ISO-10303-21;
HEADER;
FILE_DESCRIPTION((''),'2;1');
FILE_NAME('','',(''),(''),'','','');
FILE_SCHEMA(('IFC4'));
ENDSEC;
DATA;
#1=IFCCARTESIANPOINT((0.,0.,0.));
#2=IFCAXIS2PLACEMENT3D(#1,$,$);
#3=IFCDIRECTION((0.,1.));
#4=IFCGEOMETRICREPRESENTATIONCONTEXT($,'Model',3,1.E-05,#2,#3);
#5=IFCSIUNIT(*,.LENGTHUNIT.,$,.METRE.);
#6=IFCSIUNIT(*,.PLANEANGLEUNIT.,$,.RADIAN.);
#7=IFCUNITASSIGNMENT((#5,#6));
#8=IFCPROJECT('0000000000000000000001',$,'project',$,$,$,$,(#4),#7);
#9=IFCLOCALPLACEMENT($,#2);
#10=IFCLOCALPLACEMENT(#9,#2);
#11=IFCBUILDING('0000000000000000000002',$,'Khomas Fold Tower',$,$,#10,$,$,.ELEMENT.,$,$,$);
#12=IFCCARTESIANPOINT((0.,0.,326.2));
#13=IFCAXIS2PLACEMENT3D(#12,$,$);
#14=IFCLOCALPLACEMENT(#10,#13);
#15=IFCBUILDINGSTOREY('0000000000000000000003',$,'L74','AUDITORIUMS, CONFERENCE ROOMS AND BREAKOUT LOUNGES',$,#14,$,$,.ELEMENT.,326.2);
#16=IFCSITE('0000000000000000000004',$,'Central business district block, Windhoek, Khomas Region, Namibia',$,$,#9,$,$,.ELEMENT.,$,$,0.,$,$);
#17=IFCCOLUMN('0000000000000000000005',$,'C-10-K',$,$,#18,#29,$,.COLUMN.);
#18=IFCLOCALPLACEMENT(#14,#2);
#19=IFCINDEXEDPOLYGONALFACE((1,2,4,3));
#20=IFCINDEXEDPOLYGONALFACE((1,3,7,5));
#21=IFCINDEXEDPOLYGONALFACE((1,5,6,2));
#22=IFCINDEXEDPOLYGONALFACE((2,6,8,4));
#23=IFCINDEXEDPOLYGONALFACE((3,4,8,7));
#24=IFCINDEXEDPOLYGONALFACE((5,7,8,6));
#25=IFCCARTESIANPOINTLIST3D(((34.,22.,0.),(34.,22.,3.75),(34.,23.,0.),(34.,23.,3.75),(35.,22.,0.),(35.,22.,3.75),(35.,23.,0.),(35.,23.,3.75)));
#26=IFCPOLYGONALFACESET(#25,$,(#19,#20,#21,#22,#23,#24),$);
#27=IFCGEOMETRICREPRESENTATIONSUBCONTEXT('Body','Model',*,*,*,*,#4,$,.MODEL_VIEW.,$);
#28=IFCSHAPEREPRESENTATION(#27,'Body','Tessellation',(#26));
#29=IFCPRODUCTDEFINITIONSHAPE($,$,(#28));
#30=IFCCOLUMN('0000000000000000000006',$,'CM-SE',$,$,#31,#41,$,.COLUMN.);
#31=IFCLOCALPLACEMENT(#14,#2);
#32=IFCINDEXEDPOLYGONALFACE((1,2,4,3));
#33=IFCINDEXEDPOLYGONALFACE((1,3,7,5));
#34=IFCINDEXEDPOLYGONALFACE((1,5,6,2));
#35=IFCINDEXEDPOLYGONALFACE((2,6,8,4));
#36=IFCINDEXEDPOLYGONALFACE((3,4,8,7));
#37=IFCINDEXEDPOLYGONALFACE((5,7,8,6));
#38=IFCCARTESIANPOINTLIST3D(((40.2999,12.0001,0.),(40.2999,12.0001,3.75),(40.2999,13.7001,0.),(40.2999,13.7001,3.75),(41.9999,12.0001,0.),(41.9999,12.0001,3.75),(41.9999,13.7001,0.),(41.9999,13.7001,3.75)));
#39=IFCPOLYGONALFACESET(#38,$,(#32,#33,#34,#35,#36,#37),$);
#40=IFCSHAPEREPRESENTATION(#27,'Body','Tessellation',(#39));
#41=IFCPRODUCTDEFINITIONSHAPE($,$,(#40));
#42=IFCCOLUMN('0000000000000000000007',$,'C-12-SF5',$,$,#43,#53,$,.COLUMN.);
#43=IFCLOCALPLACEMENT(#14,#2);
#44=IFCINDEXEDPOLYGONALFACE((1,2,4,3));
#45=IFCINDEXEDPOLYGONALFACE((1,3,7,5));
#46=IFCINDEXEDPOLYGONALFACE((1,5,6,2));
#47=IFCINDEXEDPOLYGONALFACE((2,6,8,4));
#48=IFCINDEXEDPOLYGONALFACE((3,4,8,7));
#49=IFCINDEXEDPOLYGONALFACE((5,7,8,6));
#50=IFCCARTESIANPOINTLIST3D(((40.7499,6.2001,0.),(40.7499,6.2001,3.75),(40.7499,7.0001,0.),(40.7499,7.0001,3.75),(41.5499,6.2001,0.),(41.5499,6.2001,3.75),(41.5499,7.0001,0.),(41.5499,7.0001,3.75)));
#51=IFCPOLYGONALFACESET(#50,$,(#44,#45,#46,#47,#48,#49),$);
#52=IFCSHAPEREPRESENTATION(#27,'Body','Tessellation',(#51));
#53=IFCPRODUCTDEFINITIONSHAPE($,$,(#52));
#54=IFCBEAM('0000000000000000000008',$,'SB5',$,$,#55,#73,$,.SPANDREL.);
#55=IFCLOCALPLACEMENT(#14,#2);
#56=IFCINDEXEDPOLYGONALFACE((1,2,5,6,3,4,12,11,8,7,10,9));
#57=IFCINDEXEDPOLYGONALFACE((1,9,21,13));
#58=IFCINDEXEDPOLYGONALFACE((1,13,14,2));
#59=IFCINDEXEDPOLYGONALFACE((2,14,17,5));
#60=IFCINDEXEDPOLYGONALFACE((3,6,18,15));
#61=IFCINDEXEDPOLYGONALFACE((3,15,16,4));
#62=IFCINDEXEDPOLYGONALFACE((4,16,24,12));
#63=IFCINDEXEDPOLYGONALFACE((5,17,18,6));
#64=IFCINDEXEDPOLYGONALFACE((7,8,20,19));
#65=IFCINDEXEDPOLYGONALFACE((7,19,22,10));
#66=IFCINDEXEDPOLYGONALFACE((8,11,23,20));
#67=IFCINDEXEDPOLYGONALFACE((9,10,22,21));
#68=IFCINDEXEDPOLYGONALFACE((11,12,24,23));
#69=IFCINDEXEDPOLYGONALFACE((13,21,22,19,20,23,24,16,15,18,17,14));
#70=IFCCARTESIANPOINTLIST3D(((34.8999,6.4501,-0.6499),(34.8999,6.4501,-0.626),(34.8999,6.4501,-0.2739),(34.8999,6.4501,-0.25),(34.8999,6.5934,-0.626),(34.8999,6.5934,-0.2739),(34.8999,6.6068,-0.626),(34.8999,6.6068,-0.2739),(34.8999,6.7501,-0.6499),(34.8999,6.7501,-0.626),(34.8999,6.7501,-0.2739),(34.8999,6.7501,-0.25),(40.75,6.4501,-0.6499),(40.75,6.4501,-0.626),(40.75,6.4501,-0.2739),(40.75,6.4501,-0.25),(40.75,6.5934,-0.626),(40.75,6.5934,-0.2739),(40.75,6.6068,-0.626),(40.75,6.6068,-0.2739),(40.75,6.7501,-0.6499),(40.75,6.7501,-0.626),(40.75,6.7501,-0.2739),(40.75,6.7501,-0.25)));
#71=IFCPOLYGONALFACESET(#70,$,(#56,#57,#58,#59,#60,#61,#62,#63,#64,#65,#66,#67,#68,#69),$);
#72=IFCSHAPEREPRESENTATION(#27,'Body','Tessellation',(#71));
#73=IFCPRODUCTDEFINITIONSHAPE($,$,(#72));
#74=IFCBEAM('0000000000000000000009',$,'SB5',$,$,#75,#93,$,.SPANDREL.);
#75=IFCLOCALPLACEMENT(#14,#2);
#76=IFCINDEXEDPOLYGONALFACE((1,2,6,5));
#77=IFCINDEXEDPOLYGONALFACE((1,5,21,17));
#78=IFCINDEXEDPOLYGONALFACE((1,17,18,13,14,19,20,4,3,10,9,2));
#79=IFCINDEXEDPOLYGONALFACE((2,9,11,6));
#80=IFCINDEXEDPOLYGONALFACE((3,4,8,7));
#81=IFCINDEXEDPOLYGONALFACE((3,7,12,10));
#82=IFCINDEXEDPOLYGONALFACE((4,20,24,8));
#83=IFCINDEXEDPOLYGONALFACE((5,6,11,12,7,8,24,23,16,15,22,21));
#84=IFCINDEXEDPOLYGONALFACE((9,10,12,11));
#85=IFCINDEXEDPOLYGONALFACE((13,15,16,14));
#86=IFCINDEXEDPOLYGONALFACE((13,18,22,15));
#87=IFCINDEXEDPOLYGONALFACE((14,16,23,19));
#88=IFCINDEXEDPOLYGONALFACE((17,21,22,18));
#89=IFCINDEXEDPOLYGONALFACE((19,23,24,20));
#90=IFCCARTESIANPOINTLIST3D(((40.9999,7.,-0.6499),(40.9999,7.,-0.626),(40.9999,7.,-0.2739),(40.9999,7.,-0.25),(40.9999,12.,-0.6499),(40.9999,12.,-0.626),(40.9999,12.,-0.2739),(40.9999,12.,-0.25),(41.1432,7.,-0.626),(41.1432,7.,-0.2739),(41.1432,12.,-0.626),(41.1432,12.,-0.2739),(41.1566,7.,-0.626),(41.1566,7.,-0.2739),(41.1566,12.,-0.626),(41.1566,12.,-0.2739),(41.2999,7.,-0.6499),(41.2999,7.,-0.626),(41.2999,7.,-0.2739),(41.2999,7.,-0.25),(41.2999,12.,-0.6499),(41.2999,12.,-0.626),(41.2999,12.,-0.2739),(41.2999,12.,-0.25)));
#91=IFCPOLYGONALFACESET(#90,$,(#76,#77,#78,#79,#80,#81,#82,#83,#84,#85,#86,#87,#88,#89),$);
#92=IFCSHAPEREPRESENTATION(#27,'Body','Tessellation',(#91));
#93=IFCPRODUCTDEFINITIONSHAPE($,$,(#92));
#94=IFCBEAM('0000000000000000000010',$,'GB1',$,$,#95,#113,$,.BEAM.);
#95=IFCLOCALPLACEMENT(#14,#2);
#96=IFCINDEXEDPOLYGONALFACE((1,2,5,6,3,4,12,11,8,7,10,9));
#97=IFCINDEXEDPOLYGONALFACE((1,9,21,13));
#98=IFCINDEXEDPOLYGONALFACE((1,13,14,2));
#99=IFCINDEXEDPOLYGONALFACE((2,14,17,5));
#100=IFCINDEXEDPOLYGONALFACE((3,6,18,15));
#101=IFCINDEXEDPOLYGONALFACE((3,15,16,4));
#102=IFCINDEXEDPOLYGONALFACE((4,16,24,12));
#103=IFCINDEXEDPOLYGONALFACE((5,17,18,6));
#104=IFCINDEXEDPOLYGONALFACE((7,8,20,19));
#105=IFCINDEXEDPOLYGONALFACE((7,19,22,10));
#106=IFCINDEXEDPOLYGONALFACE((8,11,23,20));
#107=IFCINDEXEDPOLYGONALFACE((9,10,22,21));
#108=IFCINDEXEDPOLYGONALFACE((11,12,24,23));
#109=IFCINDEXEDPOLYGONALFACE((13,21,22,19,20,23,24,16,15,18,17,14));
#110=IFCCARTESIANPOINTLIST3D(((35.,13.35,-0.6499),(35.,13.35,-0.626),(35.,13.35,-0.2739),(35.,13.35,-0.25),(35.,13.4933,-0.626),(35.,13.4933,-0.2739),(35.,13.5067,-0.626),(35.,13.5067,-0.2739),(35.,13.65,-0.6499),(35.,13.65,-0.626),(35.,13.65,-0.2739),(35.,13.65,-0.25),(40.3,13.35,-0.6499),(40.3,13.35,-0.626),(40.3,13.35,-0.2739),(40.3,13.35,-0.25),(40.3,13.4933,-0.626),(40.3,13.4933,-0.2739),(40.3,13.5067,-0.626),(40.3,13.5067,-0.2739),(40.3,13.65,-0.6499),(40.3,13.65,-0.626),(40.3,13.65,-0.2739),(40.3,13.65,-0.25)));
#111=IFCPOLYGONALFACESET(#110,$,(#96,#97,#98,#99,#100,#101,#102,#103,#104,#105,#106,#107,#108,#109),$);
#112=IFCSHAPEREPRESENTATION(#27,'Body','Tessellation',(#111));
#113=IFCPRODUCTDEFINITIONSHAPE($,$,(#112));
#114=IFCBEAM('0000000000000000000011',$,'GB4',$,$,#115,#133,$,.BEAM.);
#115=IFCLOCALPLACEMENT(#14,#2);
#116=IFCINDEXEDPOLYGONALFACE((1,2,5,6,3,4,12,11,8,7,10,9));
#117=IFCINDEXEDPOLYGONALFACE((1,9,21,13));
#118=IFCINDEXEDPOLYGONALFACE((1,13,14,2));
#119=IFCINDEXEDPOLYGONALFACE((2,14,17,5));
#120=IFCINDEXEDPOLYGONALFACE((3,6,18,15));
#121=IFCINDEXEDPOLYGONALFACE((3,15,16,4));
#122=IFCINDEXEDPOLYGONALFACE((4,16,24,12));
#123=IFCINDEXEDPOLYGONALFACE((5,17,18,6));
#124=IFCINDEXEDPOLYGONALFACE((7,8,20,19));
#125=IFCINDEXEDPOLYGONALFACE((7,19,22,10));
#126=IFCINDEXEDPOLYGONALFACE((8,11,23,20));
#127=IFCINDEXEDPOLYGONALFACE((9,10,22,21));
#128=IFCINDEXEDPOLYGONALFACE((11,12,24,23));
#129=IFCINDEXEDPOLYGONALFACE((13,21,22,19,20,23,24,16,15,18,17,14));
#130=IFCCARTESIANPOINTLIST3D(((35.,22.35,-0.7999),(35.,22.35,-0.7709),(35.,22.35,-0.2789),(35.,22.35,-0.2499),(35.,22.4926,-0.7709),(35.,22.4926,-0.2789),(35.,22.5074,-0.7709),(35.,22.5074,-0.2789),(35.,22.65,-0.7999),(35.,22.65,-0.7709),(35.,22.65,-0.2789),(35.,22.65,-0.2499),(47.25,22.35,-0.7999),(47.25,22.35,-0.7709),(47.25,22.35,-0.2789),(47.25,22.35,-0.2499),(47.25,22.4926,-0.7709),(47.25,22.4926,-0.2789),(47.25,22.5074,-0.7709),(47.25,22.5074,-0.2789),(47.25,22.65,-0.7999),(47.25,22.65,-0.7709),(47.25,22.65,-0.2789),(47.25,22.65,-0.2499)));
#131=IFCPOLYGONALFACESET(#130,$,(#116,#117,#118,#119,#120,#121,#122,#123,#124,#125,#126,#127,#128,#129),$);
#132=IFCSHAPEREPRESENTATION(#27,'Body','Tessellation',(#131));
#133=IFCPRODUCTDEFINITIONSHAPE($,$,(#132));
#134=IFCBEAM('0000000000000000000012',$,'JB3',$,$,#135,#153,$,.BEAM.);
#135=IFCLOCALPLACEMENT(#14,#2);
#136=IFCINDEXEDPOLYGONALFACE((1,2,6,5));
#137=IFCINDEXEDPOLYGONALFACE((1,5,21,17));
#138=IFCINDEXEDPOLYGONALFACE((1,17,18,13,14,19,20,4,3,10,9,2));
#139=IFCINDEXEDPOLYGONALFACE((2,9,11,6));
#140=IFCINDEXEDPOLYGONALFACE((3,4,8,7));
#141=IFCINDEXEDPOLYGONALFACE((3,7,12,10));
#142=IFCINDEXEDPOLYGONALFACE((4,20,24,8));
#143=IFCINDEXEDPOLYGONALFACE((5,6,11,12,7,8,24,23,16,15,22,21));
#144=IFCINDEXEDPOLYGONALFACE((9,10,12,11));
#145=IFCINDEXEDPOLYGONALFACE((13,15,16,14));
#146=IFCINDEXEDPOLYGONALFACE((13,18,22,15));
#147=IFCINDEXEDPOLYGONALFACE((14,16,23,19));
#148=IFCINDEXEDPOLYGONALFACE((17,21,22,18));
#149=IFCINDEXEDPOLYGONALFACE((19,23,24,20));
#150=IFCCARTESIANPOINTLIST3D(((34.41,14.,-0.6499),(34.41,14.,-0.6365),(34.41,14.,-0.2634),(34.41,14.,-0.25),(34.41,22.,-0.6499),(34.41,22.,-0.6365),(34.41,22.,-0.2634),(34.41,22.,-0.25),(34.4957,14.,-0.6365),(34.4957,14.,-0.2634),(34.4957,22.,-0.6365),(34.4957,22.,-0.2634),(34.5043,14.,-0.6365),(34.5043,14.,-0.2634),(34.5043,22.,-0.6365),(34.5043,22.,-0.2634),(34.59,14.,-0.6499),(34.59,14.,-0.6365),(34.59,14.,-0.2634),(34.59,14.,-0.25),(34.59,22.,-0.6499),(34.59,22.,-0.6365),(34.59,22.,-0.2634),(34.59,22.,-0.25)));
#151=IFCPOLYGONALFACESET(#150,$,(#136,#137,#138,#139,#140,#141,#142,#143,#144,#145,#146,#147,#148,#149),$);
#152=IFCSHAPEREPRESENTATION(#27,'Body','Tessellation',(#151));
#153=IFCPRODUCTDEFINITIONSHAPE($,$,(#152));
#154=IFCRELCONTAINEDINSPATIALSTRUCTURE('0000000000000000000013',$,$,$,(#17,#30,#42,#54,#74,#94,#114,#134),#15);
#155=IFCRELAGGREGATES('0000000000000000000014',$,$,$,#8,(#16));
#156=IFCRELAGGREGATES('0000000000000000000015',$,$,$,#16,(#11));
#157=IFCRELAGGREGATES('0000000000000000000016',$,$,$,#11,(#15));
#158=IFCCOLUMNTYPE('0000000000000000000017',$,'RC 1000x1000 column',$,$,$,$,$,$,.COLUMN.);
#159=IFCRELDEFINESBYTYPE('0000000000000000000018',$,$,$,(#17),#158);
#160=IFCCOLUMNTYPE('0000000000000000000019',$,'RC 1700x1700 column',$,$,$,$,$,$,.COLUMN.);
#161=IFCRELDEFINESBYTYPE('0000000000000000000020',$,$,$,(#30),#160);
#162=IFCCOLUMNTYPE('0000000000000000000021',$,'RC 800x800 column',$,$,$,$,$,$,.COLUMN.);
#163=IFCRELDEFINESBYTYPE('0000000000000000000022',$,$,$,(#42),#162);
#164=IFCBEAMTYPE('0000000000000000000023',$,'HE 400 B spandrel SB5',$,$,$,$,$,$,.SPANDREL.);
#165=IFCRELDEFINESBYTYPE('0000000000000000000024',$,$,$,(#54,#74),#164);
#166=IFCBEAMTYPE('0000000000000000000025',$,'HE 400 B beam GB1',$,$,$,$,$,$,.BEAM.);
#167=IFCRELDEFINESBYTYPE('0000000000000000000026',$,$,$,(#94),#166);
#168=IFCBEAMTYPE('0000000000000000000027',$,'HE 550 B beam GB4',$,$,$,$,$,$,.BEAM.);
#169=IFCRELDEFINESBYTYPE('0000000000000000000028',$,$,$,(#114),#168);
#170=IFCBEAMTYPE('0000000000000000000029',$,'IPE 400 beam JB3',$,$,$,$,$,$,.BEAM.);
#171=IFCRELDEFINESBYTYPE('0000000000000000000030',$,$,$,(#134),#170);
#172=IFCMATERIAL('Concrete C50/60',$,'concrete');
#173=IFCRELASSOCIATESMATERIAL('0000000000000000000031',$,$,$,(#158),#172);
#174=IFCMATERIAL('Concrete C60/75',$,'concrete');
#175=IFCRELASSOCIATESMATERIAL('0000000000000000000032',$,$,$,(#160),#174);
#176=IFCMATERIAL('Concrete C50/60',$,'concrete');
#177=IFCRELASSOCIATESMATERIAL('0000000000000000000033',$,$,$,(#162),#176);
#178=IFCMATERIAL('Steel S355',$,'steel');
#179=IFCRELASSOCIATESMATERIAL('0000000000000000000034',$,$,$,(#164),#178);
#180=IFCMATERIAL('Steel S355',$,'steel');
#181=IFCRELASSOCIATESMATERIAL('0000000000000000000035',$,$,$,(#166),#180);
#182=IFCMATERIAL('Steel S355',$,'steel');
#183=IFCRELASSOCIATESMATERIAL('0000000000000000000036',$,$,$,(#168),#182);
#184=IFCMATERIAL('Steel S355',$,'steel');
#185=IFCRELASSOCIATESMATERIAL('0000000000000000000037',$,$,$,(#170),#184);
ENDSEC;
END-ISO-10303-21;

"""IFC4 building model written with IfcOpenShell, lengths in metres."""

from ifc_helpers import new_model, si_unit, direction, frame, origin, origin_2d, place, context, subcontext, project, spatial, rectangle, i_section, extrude, source, transform, mapped, material, material_profile, profile_set, type_object, element, save


model = new_model("IFC4")

# Units and contexts
model_context = context("Model", 3, precision=1e-05, world=origin(), true_north=direction((0.0, 1.0)))
body_context = subcontext(model_context, "Body", "Model", "MODEL_VIEW")
ifc_project = project(units=[si_unit("LENGTHUNIT", "METRE"), si_unit("PLANEANGLEUNIT", "RADIAN")], contexts=[model_context])

# Site, building, storey
site_placement = place(None, origin())
site = spatial("IfcSite", under=ifc_project, at=site_placement, Name="Central business district block, Windhoek, Khomas Region, Namibia", CompositionType="ELEMENT", RefElevation=0.0)
building_placement = place(site_placement, origin())
building = spatial("IfcBuilding", under=site, at=building_placement, Name="Khomas Fold Tower", CompositionType="ELEMENT")
storey_placement = place(building_placement, frame((0.0, 0.0, 326.2)))
storey = spatial("IfcBuildingStorey", under=building, at=storey_placement, Name="L74", Description="AUDITORIUMS, CONFERENCE ROOMS AND BREAKOUT LOUNGES", CompositionType="ELEMENT", Elevation=326.2)

# Columns
ifc_material_1 = material(Name="Concrete C50/60", Category="concrete")
ifc_material_profile_1 = material_profile(ifc_material_1, rectangle(XDim=1.0, YDim=1.0, at=origin_2d()), Name="RC 1000x1000")
ifc_profile_set_1 = profile_set([ifc_material_profile_1], Name="Concrete C50/60")
column_type_1 = type_object("IfcColumnType", Name="RC 1000x1000 column", PredefinedType="COLUMN", material=ifc_profile_set_1)
shared_shape_1 = source(origin(), body_context, "Body", "SweptSolid", [
    extrude(rectangle(XDim=1.0, YDim=1.0, at=origin_2d()), origin(), (0.0, 0.0, 1.0), 3.75),
])
column_1_placement = place(storey_placement, frame((34.5, 22.5, 0.0), z_axis=(0.0, 0.0, 1.0), x_axis=(1.0, 0.0, 0.0)))
element("IfcColumn", 1, at=column_1_placement, inside=storey, type_object=column_type_1, Name="C-10-K", PredefinedType="COLUMN", context=body_context, shape_type="MappedRepresentation", body=[
    mapped(shared_shape_1, transform((0.0, 0.0, 0.0))),
])
ifc_material_2 = material(Name="Concrete C60/75", Category="concrete")
ifc_material_profile_2 = material_profile(ifc_material_2, rectangle(XDim=1.7, YDim=1.7, at=origin_2d()), Name="RC 1700x1700")
ifc_profile_set_2 = profile_set([ifc_material_profile_2], Name="Concrete C60/75")
column_type_2 = type_object("IfcColumnType", Name="RC 1700x1700 column", PredefinedType="COLUMN", material=ifc_profile_set_2)
shared_shape_2 = source(origin(), body_context, "Body", "SweptSolid", [
    extrude(rectangle(XDim=1.7, YDim=1.7, at=origin_2d()), origin(), (0.0, 0.0, 1.0), 3.75),
])
column_2_placement = place(storey_placement, frame((41.1499, 12.8501, 0.0), z_axis=(0.0, 0.0, 1.0), x_axis=(1.0, 0.0, 0.0)))
element("IfcColumn", 2, at=column_2_placement, inside=storey, type_object=column_type_2, Name="CM-SE", PredefinedType="COLUMN", context=body_context, shape_type="MappedRepresentation", body=[
    mapped(shared_shape_2, transform((0.0, 0.0, 0.0))),
])
ifc_material_3 = material(Name="Concrete C50/60", Category="concrete")
ifc_material_profile_3 = material_profile(ifc_material_3, rectangle(XDim=0.8, YDim=0.8, at=origin_2d()), Name="RC 800x800")
ifc_profile_set_3 = profile_set([ifc_material_profile_3], Name="Concrete C50/60")
column_type_3 = type_object("IfcColumnType", Name="RC 800x800 column", PredefinedType="COLUMN", material=ifc_profile_set_3)
shared_shape_3 = source(origin(), body_context, "Body", "SweptSolid", [
    extrude(rectangle(XDim=0.8, YDim=0.8, at=origin_2d()), origin(), (0.0, 0.0, 1.0), 3.75),
])
column_3_placement = place(storey_placement, frame((41.1499, 6.6001, 0.0), z_axis=(0.0, 0.0, 1.0), x_axis=(1.0, 0.0, 0.0)))
element("IfcColumn", 3, at=column_3_placement, inside=storey, type_object=column_type_3, Name="C-12-SF5", PredefinedType="COLUMN", context=body_context, shape_type="MappedRepresentation", body=[
    mapped(shared_shape_3, transform((0.0, 0.0, 0.0))),
])

# Beams
ifc_material_4 = material(Name="Steel S355", Category="steel")
ifc_material_profile_4 = material_profile(ifc_material_4, i_section(OverallWidth=0.3, OverallDepth=0.3999, WebThickness=0.0134, FlangeThickness=0.0239, at=origin_2d()), Name="HE 400 B")
ifc_profile_set_4 = profile_set([ifc_material_profile_4], Name="Steel S355")
beam_type_1 = type_object("IfcBeamType", Name="HE 400 B spandrel SB5", PredefinedType="SPANDREL", material=ifc_profile_set_4)
shared_shape_4 = source(origin(), body_context, "Body", "SweptSolid", [
    extrude(i_section(OverallWidth=0.3, OverallDepth=0.3999, WebThickness=0.0134, FlangeThickness=0.0239, at=origin_2d()), origin(), (0.0, 0.0, 1.0), 5.8501),
])
beam_1_placement = place(storey_placement, frame((34.8999, 6.6001, -0.45), z_axis=(1.0, 0.0, 0.0), x_axis=(0.0, 1.0, 0.0)))
element("IfcBeam", 4, at=beam_1_placement, inside=storey, type_object=beam_type_1, Name="SB5", PredefinedType="SPANDREL", context=body_context, shape_type="MappedRepresentation", body=[
    mapped(shared_shape_4, transform((0.0, 0.0, 0.0))),
])
shared_shape_5 = source(origin(), body_context, "Body", "SweptSolid", [
    extrude(i_section(OverallWidth=0.3, OverallDepth=0.3999, WebThickness=0.0134, FlangeThickness=0.0239, at=origin_2d()), origin(), (0.0, 0.0, 1.0), 5.0),
])
beam_2_placement = place(storey_placement, frame((41.1499, 7.0, -0.45), z_axis=(0.0, 1.0, 0.0), x_axis=(-1.0, 0.0, 0.0)))
element("IfcBeam", 5, at=beam_2_placement, inside=storey, type_object=beam_type_1, Name="SB5", PredefinedType="SPANDREL", context=body_context, shape_type="MappedRepresentation", body=[
    mapped(shared_shape_5, transform((0.0, 0.0, 0.0))),
])
ifc_material_5 = material(Name="Steel S355", Category="steel")
ifc_material_profile_5 = material_profile(ifc_material_5, i_section(OverallWidth=0.3, OverallDepth=0.3999, WebThickness=0.0134, FlangeThickness=0.0239, at=origin_2d()), Name="HE 400 B")
ifc_profile_set_5 = profile_set([ifc_material_profile_5], Name="Steel S355")
beam_type_2 = type_object("IfcBeamType", Name="HE 400 B beam GB1", PredefinedType="BEAM", material=ifc_profile_set_5)
shared_shape_6 = source(origin(), body_context, "Body", "SweptSolid", [
    extrude(i_section(OverallWidth=0.3, OverallDepth=0.3999, WebThickness=0.0134, FlangeThickness=0.0239, at=origin_2d()), origin(), (0.0, 0.0, 1.0), 5.3),
])
beam_3_placement = place(storey_placement, frame((35.0, 13.5, -0.45), z_axis=(1.0, 0.0, 0.0), x_axis=(0.0, 1.0, 0.0)))
element("IfcBeam", 6, at=beam_3_placement, inside=storey, type_object=beam_type_2, Name="GB1", PredefinedType="BEAM", context=body_context, shape_type="MappedRepresentation", body=[
    mapped(shared_shape_6, transform((0.0, 0.0, 0.0))),
])
ifc_material_6 = material(Name="Steel S355", Category="steel")
ifc_material_profile_6 = material_profile(ifc_material_6, i_section(OverallWidth=0.3, OverallDepth=0.55, WebThickness=0.0149, FlangeThickness=0.0291, at=origin_2d()), Name="HE 550 B")
ifc_profile_set_6 = profile_set([ifc_material_profile_6], Name="Steel S355")
beam_type_3 = type_object("IfcBeamType", Name="HE 550 B beam GB4", PredefinedType="BEAM", material=ifc_profile_set_6)
shared_shape_7 = source(origin(), body_context, "Body", "SweptSolid", [
    extrude(i_section(OverallWidth=0.3, OverallDepth=0.55, WebThickness=0.0149, FlangeThickness=0.0291, at=origin_2d()), origin(), (0.0, 0.0, 1.0), 12.25),
])
beam_4_placement = place(storey_placement, frame((35.0, 22.5, -0.5249), z_axis=(1.0, 0.0, 0.0), x_axis=(0.0, 1.0, 0.0)))
element("IfcBeam", 7, at=beam_4_placement, inside=storey, type_object=beam_type_3, Name="GB4", PredefinedType="BEAM", context=body_context, shape_type="MappedRepresentation", body=[
    mapped(shared_shape_7, transform((0.0, 0.0, 0.0))),
])
ifc_material_7 = material(Name="Steel S355", Category="steel")
ifc_material_profile_7 = material_profile(ifc_material_7, i_section(OverallWidth=0.1799, OverallDepth=0.3999, WebThickness=0.0085, FlangeThickness=0.0134, at=origin_2d()), Name="IPE 400")
ifc_profile_set_7 = profile_set([ifc_material_profile_7], Name="Steel S355")
beam_type_4 = type_object("IfcBeamType", Name="IPE 400 beam JB3", PredefinedType="BEAM", material=ifc_profile_set_7)
shared_shape_8 = source(origin(), body_context, "Body", "SweptSolid", [
    extrude(i_section(OverallWidth=0.1799, OverallDepth=0.3999, WebThickness=0.0085, FlangeThickness=0.0134, at=origin_2d()), origin(), (0.0, 0.0, 1.0), 8.0),
])
for number, where, z_axis, x_axis, name in (
    (8, (34.5, 14.0, -0.45), (0.0, 1.0, 0.0), (-1.0, 0.0, 0.0), "JB3"),
):
    element("IfcBeam", number, at=place(storey_placement, frame(where, z_axis=z_axis, x_axis=x_axis)), inside=storey, type_object=beam_type_4, Name=name, PredefinedType="BEAM", context=body_context, shape_type="MappedRepresentation", body=[
        mapped(shared_shape_8, transform((0.0, 0.0, 0.0))),
    ])

save(model, "model.ifc")
